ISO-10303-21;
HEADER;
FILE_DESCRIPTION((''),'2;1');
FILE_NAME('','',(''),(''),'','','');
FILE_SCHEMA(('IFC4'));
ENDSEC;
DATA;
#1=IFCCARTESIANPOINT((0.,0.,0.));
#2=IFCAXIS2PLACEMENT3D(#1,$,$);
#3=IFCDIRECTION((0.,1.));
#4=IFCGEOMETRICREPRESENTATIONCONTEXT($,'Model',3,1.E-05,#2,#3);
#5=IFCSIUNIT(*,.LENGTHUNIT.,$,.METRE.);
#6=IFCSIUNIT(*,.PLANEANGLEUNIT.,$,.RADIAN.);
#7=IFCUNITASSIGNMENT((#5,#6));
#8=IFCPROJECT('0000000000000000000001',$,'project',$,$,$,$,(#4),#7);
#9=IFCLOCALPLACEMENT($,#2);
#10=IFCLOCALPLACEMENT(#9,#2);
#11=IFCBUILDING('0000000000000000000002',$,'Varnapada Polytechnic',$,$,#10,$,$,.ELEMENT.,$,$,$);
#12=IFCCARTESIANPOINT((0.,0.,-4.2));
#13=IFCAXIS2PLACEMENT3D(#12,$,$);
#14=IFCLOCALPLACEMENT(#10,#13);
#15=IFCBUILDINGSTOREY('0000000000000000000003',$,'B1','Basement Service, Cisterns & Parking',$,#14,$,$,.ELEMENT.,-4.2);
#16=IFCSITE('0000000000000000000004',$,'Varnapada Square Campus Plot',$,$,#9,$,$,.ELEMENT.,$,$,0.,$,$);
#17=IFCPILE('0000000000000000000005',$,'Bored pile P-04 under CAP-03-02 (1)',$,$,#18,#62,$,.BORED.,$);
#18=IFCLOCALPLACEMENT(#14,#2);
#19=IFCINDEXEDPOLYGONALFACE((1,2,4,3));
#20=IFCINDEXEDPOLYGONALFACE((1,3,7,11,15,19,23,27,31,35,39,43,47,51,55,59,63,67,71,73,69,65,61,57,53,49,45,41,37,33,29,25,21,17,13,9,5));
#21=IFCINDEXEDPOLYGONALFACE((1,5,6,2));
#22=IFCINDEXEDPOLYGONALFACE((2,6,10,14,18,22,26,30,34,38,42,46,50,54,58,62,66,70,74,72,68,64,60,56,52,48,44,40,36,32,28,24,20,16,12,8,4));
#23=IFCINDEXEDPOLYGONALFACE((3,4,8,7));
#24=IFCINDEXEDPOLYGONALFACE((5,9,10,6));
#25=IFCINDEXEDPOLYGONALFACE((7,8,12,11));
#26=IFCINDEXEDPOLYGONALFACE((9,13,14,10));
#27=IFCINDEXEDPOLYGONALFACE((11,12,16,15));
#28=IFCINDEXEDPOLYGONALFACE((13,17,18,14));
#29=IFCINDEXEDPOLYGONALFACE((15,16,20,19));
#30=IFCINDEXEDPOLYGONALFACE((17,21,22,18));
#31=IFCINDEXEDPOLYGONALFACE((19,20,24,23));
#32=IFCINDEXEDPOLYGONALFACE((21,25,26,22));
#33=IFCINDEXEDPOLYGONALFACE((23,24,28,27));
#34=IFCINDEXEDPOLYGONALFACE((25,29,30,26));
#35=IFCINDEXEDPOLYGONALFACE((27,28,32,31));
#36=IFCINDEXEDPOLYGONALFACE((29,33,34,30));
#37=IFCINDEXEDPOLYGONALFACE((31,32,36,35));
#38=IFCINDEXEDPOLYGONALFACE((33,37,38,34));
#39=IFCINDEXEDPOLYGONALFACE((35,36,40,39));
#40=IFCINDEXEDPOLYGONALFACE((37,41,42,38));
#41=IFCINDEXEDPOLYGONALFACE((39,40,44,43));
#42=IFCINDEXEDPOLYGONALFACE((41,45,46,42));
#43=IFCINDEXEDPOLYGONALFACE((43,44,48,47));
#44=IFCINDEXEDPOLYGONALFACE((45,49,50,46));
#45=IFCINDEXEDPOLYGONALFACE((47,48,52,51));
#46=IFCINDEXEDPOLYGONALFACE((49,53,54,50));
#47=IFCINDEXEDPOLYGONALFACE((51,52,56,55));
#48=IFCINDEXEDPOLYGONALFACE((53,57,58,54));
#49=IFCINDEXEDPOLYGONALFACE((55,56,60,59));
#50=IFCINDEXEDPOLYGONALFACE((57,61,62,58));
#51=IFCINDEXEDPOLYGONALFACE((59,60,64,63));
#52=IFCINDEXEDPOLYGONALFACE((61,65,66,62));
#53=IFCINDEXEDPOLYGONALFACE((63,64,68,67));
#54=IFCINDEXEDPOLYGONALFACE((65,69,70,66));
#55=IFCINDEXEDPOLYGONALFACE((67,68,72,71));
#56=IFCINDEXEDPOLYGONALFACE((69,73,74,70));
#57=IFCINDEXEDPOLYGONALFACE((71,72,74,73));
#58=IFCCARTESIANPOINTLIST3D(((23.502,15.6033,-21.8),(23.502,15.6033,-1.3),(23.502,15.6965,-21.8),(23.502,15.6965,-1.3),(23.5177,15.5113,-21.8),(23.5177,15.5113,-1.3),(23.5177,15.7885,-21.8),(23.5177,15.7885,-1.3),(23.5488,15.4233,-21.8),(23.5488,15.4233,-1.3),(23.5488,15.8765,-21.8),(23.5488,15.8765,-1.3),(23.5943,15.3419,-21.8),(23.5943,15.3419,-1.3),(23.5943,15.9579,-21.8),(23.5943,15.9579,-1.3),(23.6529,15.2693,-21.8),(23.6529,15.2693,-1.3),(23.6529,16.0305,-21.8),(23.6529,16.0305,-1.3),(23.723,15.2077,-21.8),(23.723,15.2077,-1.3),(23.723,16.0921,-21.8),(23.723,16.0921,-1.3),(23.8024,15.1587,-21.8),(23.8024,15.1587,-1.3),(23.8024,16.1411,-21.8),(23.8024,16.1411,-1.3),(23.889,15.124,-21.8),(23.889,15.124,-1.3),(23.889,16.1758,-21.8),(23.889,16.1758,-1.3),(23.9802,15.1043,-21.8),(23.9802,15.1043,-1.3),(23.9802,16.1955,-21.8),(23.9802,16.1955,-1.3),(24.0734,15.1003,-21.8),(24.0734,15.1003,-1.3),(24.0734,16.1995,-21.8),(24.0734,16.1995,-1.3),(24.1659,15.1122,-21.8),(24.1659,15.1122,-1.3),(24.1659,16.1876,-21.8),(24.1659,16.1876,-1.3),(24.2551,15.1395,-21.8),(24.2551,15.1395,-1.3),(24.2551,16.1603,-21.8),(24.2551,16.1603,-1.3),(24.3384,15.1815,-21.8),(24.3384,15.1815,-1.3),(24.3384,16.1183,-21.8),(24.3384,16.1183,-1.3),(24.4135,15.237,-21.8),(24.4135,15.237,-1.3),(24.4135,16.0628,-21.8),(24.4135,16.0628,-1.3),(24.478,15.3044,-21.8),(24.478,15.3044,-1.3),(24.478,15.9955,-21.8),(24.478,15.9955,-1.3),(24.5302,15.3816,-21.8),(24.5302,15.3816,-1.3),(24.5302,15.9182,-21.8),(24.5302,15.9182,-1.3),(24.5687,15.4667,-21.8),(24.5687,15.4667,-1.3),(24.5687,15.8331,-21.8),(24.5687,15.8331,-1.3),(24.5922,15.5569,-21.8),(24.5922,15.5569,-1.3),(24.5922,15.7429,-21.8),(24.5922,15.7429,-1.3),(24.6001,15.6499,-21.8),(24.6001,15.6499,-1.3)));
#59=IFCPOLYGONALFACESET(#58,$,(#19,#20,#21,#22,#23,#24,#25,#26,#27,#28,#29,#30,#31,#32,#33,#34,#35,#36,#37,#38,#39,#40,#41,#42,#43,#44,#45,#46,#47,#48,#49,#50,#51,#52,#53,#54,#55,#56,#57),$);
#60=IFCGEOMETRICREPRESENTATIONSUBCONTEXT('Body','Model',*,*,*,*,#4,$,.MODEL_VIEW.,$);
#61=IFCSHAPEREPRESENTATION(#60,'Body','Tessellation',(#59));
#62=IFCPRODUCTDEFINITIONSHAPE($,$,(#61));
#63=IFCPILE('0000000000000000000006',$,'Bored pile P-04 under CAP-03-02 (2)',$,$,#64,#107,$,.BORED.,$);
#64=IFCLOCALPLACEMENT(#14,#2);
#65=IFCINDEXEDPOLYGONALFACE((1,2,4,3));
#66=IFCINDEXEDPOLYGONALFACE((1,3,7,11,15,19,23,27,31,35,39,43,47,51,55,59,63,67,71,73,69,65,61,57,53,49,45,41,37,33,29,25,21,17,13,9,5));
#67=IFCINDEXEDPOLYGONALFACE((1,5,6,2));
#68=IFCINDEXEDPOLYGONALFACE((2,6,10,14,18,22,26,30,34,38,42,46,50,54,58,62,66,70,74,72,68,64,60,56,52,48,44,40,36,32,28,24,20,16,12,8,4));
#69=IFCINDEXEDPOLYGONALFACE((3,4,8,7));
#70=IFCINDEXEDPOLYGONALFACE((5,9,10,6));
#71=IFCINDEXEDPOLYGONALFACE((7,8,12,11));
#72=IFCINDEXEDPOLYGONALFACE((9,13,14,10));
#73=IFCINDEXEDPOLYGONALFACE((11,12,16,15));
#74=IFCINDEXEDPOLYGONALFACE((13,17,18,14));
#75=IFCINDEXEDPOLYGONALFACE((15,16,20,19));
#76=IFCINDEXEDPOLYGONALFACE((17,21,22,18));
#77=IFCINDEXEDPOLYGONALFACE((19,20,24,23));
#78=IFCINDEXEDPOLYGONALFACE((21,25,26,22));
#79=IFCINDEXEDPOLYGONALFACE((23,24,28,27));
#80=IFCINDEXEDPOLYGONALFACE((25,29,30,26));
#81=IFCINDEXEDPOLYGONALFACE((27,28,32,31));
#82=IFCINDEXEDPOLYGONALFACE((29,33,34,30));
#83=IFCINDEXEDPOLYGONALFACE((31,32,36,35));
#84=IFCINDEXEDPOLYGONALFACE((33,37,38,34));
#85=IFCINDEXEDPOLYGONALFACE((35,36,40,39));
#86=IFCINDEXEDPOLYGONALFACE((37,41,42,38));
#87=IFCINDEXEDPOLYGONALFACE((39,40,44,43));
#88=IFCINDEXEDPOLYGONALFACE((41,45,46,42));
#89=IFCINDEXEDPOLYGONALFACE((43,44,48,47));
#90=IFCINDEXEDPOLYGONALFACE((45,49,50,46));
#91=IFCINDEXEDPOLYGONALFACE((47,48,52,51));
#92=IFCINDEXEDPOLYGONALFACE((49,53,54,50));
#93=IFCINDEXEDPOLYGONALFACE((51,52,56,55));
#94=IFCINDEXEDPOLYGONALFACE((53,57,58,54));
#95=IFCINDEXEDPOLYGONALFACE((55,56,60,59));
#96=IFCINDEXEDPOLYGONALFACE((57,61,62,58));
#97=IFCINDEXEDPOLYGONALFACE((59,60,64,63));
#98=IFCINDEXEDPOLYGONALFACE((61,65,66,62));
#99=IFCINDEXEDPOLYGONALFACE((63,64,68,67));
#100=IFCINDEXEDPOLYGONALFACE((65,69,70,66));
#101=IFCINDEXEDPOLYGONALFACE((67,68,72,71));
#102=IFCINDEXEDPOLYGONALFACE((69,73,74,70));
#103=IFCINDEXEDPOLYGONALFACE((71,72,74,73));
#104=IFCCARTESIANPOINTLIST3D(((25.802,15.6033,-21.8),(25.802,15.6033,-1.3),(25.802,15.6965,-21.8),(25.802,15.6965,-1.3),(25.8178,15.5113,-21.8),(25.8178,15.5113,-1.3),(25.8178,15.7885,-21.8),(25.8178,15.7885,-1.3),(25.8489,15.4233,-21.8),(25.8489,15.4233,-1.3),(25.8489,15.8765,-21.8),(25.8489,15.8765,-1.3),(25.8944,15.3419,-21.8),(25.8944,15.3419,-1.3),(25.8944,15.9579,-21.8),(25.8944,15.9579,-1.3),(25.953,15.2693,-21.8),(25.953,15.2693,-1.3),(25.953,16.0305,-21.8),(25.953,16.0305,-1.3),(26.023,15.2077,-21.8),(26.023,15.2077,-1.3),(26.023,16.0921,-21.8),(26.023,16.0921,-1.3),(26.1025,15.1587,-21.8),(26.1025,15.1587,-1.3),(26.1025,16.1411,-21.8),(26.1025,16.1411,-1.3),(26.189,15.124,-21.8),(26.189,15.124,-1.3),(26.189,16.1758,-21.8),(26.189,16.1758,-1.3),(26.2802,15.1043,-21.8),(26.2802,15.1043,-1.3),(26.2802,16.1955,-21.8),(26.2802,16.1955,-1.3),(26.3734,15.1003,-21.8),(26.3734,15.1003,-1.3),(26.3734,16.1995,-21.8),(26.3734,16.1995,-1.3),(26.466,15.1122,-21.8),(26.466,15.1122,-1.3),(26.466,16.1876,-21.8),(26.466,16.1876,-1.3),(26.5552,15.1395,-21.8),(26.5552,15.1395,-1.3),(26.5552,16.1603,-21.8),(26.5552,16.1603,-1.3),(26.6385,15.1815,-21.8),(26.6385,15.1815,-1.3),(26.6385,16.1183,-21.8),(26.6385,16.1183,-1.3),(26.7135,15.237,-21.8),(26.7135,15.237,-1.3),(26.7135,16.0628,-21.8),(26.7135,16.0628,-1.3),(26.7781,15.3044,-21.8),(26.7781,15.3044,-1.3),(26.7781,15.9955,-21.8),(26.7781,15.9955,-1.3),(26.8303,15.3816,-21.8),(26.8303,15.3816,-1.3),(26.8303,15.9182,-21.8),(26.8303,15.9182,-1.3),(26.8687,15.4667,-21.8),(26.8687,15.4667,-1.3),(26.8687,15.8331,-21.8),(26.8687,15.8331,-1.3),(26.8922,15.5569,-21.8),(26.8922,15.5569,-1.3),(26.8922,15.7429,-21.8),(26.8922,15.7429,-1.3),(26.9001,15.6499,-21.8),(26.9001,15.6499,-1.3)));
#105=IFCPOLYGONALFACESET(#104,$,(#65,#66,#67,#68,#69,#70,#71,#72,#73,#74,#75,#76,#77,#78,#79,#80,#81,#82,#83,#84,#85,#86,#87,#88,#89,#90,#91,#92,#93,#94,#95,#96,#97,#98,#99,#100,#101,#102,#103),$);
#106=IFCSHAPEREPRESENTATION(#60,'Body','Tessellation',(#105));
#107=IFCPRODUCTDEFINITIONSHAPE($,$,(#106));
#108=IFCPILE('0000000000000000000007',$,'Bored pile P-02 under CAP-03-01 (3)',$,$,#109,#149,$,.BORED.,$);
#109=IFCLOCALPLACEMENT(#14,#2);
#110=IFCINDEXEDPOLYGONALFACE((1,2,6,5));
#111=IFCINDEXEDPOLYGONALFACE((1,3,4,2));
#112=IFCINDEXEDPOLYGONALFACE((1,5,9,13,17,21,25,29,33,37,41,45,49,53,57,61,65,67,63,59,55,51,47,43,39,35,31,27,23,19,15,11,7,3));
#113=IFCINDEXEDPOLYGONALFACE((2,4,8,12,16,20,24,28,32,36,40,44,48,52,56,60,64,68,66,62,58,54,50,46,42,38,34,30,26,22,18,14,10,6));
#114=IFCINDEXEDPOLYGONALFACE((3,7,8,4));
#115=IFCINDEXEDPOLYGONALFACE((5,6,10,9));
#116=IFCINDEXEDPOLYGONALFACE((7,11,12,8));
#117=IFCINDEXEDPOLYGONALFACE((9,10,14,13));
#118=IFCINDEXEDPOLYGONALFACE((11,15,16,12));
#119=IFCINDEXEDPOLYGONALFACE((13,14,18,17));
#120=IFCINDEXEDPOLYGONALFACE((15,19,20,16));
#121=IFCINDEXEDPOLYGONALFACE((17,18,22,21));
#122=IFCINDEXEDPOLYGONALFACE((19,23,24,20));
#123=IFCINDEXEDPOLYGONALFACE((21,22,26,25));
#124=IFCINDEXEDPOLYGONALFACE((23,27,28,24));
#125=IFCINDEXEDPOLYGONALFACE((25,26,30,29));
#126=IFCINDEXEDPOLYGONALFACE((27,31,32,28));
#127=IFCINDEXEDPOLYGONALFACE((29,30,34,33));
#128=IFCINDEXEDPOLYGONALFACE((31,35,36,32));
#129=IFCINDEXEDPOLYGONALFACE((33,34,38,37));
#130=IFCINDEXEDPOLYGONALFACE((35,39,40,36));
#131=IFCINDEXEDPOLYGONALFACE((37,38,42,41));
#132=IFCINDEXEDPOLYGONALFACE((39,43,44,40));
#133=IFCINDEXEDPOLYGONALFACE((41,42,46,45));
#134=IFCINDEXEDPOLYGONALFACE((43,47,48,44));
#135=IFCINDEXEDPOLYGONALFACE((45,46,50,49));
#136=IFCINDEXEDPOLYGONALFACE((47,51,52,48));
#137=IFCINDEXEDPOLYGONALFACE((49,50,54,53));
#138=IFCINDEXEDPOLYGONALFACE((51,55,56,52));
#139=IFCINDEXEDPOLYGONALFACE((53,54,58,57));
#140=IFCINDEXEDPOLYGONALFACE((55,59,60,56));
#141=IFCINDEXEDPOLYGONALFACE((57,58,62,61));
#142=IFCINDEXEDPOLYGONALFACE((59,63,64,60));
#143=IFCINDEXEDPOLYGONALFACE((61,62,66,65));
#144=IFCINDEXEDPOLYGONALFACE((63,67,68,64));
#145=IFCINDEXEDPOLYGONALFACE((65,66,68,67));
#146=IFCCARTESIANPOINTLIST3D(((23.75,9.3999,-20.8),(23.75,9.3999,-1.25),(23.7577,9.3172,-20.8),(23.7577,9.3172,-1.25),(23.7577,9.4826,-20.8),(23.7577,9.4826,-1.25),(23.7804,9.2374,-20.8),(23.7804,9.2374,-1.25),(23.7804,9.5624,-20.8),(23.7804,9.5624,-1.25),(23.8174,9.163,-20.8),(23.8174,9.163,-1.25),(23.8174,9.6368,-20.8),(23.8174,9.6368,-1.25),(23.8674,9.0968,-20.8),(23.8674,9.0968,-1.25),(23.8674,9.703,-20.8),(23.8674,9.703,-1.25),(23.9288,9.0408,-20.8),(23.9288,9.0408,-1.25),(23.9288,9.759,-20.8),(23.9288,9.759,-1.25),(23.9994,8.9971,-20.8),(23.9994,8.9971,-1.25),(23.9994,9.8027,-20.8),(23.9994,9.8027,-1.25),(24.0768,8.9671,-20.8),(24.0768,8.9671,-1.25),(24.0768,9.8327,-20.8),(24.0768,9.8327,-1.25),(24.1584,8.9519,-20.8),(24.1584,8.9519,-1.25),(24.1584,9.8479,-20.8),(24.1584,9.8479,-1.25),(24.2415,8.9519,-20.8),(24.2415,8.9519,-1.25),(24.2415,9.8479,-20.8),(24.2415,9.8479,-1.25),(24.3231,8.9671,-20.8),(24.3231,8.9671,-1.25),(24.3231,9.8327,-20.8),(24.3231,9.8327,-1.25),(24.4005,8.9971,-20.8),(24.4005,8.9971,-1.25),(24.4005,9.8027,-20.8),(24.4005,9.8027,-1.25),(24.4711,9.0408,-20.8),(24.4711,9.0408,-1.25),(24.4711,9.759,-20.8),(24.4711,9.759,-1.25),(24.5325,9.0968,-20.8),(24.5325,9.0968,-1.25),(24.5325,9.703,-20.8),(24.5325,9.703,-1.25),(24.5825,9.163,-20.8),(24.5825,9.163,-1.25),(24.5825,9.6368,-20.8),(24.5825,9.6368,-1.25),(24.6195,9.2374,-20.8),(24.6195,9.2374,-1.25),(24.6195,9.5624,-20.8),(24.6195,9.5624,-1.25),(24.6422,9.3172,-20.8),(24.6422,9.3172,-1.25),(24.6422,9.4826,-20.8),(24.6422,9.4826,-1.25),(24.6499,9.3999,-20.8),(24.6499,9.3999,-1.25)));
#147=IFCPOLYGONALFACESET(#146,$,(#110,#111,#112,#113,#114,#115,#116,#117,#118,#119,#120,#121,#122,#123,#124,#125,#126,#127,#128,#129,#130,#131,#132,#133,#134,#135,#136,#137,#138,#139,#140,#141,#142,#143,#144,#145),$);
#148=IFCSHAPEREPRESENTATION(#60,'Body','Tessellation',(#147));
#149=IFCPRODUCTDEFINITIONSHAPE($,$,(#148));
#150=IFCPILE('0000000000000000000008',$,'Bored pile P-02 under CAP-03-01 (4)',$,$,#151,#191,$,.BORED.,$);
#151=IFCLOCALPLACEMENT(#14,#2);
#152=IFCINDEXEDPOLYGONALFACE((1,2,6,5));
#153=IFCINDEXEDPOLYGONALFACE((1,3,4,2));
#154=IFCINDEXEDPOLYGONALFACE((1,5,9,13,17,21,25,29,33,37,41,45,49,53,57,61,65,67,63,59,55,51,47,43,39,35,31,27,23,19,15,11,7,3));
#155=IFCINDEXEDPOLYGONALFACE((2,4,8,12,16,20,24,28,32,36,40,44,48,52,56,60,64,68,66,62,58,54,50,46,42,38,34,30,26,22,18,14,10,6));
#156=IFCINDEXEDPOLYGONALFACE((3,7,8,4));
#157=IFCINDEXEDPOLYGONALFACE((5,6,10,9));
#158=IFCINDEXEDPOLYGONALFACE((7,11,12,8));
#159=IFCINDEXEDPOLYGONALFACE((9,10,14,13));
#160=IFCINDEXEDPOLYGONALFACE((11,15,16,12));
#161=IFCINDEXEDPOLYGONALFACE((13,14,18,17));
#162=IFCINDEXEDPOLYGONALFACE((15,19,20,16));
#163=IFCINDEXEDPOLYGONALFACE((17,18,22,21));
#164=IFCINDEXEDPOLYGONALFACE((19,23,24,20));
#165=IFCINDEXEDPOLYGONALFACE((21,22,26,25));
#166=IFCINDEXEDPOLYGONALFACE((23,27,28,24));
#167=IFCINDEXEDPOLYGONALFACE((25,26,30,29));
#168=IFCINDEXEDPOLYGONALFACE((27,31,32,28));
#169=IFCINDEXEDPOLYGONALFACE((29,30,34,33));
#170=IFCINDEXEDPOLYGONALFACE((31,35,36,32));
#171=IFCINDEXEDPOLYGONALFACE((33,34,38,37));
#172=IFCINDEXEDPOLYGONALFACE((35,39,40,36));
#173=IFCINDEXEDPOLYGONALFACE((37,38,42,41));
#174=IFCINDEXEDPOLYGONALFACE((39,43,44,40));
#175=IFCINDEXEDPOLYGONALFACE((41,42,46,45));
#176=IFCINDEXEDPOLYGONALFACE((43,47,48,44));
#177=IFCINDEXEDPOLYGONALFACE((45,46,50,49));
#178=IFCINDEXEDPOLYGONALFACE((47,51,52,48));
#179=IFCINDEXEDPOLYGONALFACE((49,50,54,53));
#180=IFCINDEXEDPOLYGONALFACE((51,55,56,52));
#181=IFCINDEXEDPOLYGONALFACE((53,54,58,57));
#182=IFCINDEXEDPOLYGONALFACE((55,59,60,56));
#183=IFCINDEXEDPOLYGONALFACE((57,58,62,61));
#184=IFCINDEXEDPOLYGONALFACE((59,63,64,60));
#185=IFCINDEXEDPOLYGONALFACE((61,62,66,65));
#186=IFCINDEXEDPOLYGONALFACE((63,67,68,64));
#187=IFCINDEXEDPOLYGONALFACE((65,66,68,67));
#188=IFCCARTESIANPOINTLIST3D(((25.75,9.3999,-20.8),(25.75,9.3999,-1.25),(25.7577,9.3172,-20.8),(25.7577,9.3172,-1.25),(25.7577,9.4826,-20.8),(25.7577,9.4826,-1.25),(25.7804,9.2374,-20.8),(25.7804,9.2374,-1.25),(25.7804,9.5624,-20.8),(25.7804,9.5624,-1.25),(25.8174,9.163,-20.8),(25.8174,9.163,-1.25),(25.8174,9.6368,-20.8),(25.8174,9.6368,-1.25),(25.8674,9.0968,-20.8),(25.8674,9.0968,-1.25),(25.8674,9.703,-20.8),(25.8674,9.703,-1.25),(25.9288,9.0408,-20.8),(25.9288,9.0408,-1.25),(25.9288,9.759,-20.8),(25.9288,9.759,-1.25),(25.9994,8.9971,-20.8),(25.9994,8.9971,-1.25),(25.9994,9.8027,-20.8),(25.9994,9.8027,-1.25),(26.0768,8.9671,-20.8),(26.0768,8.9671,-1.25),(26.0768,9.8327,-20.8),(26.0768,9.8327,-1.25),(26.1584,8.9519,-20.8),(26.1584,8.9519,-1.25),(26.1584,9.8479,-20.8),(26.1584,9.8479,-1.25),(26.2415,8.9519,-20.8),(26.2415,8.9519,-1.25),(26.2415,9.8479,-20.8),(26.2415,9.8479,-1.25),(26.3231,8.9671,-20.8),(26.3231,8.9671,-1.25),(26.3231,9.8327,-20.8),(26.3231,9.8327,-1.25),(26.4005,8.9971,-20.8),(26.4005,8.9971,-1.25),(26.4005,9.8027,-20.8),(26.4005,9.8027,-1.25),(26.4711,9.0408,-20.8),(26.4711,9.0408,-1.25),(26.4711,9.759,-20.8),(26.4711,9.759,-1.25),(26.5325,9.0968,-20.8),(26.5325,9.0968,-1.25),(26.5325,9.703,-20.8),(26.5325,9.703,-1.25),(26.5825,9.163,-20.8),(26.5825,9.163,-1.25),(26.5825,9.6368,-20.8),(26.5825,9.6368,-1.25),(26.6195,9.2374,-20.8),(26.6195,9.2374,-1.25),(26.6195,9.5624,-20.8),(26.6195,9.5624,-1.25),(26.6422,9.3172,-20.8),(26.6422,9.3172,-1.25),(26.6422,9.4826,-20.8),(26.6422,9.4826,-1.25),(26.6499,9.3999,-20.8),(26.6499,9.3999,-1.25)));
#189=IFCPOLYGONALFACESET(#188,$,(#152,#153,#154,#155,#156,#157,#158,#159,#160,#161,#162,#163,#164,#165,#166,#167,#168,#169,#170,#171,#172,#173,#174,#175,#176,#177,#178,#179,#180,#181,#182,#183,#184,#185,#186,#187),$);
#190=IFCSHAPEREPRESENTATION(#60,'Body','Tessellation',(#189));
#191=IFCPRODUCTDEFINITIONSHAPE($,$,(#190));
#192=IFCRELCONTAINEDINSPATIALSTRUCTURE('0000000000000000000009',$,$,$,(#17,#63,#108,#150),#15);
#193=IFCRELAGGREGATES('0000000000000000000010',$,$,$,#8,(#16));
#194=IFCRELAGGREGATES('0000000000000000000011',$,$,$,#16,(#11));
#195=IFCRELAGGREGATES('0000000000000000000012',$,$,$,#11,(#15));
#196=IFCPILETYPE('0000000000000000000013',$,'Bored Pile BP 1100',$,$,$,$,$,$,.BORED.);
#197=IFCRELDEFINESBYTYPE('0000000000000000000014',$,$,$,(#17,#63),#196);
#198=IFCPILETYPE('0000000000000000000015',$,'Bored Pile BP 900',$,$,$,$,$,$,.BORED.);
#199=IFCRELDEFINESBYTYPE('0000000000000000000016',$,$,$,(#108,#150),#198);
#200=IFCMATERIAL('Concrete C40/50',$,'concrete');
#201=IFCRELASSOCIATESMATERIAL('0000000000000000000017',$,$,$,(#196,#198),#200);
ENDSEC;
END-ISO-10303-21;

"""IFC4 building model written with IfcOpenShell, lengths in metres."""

from ifc_helpers import new_model, si_unit, direction, frame, origin, origin_2d, place, context, subcontext, project, spatial, circle, extrude, material, material_profile, profile_set, type_object, element, save


model = new_model("IFC4")

# Units and contexts
model_context = context("Model", 3, precision=1e-05, world=origin(), true_north=direction((0.0, 1.0)))
body_context = subcontext(model_context, "Body", "Model", "MODEL_VIEW")
ifc_project = project(units=[si_unit("LENGTHUNIT", "METRE"), si_unit("PLANEANGLEUNIT", "RADIAN")], contexts=[model_context])

# Site, building, storey
site_placement = place(None, origin())
site = spatial("IfcSite", under=ifc_project, at=site_placement, Name="Varnapada Square Campus Plot", CompositionType="ELEMENT", RefElevation=0.0)
building_placement = place(site_placement, origin())
building = spatial("IfcBuilding", under=site, at=building_placement, Name="Varnapada Polytechnic", CompositionType="ELEMENT")
storey_placement = place(building_placement, frame((0.0, 0.0, -4.2)))
storey = spatial("IfcBuildingStorey", under=building, at=storey_placement, Name="B1", Description="Basement Service, Cisterns & Parking", CompositionType="ELEMENT", Elevation=-4.2)

# Piles
ifc_material_1 = material(Name="Concrete C40/50", Category="concrete")
ifc_material_profile_1 = material_profile(ifc_material_1, circle(Radius=0.55, at=origin_2d()), Name="BP 1100")
ifc_profile_set_1 = profile_set([ifc_material_profile_1], Name="Concrete C40/50")
pile_type_1 = type_object("IfcPileType", Name="Bored Pile BP 1100", PredefinedType="BORED", material=ifc_profile_set_1)
for number, where, z_axis, x_axis, name in (
    (1, (24.05, 15.6499, -1.3), (0.0, 0.0, -1.0), (1.0, 0.0, 0.0), "Bored pile P-04 under CAP-03-02 (1)"),
    (2, (26.3501, 15.6499, -1.3), (0.0, 0.0, -1.0), (1.0, 0.0, 0.0), "Bored pile P-04 under CAP-03-02 (2)"),
):
    element("IfcPile", number, at=place(storey_placement, frame(where, z_axis=z_axis, x_axis=x_axis)), inside=storey, type_object=pile_type_1, Name=name, PredefinedType="BORED", context=body_context, shape_type="SweptSolid", body=[
        extrude(circle(Radius=0.55, at=origin_2d()), origin(), (0.0, 0.0, 1.0), 20.5),
    ])
ifc_material_profile_2 = material_profile(ifc_material_1, circle(Radius=0.45, at=origin_2d()), Name="BP 900")
ifc_profile_set_2 = profile_set([ifc_material_profile_2], Name="Concrete C40/50")
pile_type_2 = type_object("IfcPileType", Name="Bored Pile BP 900", PredefinedType="BORED", material=ifc_profile_set_2)
for number, where, z_axis, x_axis, name in (
    (3, (24.2, 9.3999, -1.25), (0.0, 0.0, -1.0), (1.0, 0.0, 0.0), "Bored pile P-02 under CAP-03-01 (3)"),
    (4, (26.2, 9.3999, -1.25), (0.0, 0.0, -1.0), (1.0, 0.0, 0.0), "Bored pile P-02 under CAP-03-01 (4)"),
):
    element("IfcPile", number, at=place(storey_placement, frame(where, z_axis=z_axis, x_axis=x_axis)), inside=storey, type_object=pile_type_2, Name=name, PredefinedType="BORED", context=body_context, shape_type="SweptSolid", body=[
        extrude(circle(Radius=0.45, at=origin_2d()), origin(), (0.0, 0.0, 1.0), 19.55),
    ])

save(model, "model.ifc")
